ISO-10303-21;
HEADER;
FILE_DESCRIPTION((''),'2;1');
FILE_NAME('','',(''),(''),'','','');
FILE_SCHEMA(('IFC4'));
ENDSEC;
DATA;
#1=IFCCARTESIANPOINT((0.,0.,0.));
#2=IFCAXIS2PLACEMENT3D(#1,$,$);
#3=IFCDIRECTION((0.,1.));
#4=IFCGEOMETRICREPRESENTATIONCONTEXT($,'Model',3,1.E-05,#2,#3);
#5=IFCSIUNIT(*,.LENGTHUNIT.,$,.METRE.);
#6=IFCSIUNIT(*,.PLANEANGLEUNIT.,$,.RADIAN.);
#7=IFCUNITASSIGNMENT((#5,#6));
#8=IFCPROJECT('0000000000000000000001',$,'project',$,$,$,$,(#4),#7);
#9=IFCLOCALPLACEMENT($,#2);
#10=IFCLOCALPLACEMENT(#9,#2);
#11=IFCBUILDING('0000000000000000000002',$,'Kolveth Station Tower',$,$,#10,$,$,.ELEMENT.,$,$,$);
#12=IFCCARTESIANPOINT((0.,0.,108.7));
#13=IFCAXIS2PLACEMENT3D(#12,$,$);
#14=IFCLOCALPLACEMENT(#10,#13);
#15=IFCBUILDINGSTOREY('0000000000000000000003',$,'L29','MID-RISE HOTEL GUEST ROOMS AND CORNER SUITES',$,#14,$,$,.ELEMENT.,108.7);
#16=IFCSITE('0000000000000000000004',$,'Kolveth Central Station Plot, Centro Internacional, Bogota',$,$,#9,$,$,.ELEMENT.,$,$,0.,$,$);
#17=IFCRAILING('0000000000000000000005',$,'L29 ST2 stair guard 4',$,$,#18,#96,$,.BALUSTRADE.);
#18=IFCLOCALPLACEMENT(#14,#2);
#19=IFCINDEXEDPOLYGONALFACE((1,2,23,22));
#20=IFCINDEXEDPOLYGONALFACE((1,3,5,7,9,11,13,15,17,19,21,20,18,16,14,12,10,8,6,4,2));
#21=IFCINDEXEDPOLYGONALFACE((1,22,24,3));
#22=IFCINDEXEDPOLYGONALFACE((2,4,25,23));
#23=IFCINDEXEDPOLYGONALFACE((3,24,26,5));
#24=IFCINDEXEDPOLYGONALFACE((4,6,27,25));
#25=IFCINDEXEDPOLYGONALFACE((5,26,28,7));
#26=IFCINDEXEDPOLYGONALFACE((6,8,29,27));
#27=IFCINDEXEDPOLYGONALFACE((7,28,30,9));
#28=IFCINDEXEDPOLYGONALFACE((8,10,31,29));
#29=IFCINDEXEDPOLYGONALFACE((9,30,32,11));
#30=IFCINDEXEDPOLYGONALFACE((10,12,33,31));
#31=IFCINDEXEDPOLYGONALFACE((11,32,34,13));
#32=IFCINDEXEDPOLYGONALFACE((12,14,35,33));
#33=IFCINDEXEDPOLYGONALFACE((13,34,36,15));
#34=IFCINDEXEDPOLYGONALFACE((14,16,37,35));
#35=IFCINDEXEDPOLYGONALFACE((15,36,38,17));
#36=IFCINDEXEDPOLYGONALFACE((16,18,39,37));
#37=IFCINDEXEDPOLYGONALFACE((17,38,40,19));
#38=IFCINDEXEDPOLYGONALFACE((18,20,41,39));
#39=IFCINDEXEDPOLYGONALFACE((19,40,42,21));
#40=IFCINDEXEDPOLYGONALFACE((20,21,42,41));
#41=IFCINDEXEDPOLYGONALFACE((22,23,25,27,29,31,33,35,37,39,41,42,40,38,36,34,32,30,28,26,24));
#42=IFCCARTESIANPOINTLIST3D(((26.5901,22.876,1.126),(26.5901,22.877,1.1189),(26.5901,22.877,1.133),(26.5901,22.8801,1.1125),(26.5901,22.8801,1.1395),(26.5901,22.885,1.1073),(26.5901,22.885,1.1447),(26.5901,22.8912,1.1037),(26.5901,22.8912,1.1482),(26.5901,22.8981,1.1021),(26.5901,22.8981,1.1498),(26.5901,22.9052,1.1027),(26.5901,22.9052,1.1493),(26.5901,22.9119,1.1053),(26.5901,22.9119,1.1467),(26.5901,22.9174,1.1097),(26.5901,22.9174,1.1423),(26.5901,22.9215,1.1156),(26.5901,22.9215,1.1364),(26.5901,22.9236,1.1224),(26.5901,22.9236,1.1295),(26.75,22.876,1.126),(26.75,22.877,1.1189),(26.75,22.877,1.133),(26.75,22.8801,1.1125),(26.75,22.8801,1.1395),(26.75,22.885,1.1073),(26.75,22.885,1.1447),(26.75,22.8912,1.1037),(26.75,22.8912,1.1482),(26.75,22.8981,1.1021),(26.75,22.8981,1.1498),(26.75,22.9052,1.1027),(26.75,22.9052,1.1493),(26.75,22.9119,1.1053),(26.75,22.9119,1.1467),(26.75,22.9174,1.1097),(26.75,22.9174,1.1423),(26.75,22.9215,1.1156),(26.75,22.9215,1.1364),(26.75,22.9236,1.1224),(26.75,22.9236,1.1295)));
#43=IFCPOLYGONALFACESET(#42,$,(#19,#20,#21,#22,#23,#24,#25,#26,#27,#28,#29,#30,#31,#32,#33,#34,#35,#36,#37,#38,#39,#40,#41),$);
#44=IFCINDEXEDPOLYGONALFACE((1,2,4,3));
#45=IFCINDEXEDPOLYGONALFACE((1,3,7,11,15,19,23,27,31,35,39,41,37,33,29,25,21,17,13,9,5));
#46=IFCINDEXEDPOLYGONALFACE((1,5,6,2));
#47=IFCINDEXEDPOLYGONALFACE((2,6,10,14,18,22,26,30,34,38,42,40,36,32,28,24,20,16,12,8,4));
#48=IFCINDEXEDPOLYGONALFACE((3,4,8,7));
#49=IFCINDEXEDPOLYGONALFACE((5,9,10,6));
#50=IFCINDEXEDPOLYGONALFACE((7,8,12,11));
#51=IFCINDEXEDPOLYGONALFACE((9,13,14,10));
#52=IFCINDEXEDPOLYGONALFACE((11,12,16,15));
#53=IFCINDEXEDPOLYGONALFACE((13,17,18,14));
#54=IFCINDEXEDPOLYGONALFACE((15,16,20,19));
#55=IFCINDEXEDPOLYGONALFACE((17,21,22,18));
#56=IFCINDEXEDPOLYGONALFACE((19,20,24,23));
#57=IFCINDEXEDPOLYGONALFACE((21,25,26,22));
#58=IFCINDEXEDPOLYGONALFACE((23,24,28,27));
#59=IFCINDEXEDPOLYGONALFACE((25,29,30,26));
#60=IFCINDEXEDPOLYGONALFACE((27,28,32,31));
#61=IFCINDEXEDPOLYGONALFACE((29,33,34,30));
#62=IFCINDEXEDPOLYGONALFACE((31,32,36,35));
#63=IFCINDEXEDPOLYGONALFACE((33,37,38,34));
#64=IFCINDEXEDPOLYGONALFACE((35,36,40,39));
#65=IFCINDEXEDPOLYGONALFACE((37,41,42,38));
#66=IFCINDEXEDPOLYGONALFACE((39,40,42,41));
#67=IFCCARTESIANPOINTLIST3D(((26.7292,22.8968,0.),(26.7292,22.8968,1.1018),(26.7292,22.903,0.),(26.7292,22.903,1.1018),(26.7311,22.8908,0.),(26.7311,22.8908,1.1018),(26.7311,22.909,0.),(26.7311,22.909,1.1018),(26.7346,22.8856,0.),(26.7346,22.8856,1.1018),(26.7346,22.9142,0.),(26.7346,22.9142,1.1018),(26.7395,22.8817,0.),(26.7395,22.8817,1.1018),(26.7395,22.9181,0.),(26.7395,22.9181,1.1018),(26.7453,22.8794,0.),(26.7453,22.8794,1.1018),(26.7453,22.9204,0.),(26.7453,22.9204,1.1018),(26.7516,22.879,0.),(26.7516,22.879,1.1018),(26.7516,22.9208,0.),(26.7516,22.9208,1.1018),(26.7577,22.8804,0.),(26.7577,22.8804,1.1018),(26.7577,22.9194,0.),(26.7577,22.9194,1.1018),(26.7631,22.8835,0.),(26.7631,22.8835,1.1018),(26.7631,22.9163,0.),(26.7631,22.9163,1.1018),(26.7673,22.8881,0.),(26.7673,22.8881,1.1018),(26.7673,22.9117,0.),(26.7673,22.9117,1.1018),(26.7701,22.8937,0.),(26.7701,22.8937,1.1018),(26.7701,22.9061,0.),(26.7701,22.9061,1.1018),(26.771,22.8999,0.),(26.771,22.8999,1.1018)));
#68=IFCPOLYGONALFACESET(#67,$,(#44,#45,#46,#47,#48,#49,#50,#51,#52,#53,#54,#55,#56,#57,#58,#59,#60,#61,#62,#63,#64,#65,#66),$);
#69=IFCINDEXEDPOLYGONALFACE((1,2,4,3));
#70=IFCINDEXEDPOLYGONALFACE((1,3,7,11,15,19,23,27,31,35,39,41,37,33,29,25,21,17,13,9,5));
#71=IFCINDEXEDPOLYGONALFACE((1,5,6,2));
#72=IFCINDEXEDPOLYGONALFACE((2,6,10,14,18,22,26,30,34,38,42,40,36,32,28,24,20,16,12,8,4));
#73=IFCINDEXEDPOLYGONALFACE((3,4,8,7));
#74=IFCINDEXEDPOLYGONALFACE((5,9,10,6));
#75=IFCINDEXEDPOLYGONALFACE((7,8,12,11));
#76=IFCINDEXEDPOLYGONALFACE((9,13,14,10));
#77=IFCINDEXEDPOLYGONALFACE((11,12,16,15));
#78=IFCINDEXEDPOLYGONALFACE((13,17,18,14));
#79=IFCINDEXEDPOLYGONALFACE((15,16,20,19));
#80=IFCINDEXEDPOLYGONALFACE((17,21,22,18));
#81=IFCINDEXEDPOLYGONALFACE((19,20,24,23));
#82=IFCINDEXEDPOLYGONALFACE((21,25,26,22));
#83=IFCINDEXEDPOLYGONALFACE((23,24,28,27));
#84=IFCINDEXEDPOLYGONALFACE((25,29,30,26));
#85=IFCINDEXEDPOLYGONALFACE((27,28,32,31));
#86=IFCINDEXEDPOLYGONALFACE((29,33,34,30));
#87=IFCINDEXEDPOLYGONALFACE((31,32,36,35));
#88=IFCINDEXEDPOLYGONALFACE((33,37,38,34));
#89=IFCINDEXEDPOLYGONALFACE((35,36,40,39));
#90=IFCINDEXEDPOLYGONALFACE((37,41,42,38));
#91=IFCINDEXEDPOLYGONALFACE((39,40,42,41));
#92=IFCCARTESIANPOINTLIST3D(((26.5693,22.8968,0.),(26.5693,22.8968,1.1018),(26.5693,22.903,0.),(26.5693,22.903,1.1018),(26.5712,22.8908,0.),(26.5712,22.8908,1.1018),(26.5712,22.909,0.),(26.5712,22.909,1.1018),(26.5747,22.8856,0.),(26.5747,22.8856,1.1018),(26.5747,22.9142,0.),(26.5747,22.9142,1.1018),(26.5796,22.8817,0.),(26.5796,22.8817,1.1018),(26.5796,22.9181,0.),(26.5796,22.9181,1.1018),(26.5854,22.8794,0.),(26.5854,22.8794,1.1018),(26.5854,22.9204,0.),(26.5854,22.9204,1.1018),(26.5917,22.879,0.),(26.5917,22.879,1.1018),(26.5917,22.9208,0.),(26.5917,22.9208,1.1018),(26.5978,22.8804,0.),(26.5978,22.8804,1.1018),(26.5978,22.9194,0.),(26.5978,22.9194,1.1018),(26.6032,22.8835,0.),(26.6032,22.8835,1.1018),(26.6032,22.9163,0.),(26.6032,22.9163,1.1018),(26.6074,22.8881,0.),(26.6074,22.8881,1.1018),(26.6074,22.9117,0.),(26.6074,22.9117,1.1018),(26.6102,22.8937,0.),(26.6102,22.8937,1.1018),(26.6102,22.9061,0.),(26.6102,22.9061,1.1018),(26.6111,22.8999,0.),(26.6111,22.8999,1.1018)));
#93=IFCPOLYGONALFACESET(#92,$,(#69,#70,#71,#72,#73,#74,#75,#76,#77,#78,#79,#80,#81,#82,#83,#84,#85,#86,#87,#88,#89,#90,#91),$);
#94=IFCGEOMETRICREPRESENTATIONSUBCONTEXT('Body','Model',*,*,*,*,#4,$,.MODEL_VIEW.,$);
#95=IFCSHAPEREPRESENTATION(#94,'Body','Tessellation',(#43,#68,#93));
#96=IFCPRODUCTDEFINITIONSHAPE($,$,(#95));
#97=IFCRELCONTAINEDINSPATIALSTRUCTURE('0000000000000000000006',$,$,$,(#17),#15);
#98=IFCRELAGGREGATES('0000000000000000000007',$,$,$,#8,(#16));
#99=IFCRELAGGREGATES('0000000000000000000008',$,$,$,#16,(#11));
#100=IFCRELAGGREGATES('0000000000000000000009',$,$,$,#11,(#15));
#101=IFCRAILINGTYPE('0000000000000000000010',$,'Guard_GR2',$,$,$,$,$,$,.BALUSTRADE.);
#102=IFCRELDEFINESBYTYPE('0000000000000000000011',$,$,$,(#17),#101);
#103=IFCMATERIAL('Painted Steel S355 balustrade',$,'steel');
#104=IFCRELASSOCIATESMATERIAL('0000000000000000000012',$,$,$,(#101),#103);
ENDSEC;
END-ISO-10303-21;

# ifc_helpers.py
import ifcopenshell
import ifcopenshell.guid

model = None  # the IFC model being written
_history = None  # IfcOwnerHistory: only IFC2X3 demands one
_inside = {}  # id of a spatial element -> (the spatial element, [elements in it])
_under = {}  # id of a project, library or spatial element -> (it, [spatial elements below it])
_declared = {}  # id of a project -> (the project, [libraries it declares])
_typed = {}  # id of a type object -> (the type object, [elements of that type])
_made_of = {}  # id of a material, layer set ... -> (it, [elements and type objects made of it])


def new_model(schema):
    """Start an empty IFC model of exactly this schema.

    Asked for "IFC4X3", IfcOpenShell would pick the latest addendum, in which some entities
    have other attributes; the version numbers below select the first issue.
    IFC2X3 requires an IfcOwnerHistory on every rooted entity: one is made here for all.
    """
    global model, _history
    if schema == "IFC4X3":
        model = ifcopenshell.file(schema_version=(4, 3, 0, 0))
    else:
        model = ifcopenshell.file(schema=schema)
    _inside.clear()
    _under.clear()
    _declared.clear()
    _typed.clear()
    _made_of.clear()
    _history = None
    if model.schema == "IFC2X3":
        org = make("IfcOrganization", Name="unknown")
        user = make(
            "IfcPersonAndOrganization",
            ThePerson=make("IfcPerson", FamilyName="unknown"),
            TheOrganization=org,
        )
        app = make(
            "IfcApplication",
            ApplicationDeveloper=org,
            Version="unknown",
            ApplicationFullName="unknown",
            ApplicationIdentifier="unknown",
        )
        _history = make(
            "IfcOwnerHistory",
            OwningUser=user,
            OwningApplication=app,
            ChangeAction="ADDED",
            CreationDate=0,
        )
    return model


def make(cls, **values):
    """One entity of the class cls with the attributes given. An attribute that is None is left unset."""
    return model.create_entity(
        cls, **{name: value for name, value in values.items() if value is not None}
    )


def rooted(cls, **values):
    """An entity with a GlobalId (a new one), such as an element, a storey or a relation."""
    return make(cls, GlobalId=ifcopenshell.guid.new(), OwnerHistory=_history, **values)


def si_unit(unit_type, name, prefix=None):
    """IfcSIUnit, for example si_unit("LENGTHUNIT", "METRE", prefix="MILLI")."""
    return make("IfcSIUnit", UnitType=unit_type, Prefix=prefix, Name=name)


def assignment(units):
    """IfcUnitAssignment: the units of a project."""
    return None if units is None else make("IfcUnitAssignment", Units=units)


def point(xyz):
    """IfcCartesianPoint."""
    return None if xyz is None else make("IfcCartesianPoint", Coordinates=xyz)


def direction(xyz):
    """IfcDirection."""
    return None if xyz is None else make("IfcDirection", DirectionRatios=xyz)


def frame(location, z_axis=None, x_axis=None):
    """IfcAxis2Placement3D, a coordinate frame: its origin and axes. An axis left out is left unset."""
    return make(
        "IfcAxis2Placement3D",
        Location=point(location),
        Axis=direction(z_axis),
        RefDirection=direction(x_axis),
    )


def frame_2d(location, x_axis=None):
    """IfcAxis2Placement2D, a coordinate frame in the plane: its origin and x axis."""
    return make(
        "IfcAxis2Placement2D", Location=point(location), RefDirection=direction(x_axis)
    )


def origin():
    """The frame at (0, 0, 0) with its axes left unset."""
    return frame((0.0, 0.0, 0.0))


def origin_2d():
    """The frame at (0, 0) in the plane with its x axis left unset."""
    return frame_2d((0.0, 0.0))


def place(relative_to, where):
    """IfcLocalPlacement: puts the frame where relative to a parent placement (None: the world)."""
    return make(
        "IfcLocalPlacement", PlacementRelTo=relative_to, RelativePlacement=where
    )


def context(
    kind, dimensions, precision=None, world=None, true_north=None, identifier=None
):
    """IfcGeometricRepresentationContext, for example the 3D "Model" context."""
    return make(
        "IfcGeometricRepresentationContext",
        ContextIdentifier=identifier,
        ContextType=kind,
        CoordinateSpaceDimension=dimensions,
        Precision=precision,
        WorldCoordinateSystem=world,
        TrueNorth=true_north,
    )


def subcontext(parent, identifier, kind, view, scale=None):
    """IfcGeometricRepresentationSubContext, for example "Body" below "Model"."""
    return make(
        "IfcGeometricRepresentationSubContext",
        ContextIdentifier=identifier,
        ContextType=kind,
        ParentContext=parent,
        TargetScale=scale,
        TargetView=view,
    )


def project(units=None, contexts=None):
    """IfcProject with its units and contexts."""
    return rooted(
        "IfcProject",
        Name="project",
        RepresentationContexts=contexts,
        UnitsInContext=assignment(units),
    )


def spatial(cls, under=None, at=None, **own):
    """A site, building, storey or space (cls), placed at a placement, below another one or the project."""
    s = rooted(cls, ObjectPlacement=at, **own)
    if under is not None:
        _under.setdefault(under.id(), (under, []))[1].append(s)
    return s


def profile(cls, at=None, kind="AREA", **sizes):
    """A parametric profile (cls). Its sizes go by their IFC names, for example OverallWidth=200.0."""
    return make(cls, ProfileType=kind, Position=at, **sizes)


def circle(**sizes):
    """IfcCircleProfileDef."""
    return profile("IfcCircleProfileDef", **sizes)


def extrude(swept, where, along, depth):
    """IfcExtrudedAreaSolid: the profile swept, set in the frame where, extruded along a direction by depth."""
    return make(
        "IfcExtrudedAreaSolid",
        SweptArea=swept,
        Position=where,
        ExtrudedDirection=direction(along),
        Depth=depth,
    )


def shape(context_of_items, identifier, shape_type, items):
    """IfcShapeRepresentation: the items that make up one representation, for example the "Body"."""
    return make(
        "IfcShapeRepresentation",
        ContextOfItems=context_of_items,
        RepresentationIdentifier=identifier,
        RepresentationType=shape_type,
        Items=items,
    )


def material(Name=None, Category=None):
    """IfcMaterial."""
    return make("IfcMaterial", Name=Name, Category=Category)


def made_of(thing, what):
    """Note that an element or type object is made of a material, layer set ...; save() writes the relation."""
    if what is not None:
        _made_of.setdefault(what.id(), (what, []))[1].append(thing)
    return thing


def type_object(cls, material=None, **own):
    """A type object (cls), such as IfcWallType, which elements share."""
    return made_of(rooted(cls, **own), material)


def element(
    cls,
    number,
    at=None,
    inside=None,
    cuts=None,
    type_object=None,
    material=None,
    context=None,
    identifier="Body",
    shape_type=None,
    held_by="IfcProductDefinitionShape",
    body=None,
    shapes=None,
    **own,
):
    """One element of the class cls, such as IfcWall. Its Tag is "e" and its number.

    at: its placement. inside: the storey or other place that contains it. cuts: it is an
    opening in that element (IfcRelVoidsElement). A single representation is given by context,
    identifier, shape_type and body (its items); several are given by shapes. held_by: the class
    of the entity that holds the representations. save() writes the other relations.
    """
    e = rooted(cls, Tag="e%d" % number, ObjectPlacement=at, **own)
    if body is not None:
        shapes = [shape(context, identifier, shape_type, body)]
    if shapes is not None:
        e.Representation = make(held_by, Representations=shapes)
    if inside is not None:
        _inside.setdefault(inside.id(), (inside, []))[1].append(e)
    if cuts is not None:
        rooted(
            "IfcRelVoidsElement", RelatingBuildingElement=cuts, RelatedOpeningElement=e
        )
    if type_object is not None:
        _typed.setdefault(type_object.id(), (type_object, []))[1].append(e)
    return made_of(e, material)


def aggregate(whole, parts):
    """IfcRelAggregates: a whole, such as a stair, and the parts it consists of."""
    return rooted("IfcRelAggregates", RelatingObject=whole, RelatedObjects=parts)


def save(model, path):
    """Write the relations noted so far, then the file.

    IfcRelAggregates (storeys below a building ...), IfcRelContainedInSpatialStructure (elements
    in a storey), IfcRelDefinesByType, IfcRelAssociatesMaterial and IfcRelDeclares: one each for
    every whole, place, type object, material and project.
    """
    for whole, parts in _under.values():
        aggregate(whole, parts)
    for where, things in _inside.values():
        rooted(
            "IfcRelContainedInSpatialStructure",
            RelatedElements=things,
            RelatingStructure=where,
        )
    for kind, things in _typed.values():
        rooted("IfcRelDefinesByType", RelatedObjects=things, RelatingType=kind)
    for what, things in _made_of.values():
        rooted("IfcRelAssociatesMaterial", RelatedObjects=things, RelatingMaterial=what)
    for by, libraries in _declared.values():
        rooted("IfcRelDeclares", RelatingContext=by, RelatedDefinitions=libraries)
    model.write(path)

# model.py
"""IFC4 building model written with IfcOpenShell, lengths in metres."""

from ifc_helpers import new_model, si_unit, direction, frame, origin, origin_2d, place, context, subcontext, project, spatial, circle, extrude, material, type_object, element, save


model = new_model("IFC4")

# Units and contexts
model_context = context("Model", 3, precision=1e-05, world=origin(), true_north=direction((0.0, 1.0)))
body_context = subcontext(model_context, "Body", "Model", "MODEL_VIEW")
ifc_project = project(units=[si_unit("LENGTHUNIT", "METRE"), si_unit("PLANEANGLEUNIT", "RADIAN")], contexts=[model_context])

# Site, building, storey
site_placement = place(None, origin())
site = spatial("IfcSite", under=ifc_project, at=site_placement, Name="Kolveth Central Station Plot, Centro Internacional, Bogota", CompositionType="ELEMENT", RefElevation=0.0)
building_placement = place(site_placement, origin())
building = spatial("IfcBuilding", under=site, at=building_placement, Name="Kolveth Station Tower", CompositionType="ELEMENT")
storey_placement = place(building_placement, frame((0.0, 0.0, 108.7)))
storey = spatial("IfcBuildingStorey", under=building, at=storey_placement, Name="L29", Description="MID-RISE HOTEL GUEST ROOMS AND CORNER SUITES", CompositionType="ELEMENT", Elevation=108.7)

# Railing
ifc_material_1 = material(Name="Painted Steel S355 balustrade", Category="steel")
railing_type_1 = type_object("IfcRailingType", Name="Guard_GR2", PredefinedType="BALUSTRADE", material=ifc_material_1)
railing_1_placement = place(storey_placement, frame((26.75, 22.8999, 0.0)))
element("IfcRailing", 1, at=railing_1_placement, inside=storey, type_object=railing_type_1, Name="L29 ST2 stair guard 4", PredefinedType="BALUSTRADE", context=body_context, shape_type="SweptSolid", body=[
    extrude(circle(Radius=0.0239, at=origin_2d()), frame((0.0, 0.0, 1.126), z_axis=(-1.0, 0.0, 0.0), x_axis=(0.0, -1.0, 0.0)), (0.0, 0.0, 1.0), 0.1599),
    extrude(circle(Radius=0.021, at=origin_2d()), origin(), (0.0, 0.0, 1.0), 1.1018),
    extrude(circle(Radius=0.021, at=origin_2d()), frame((-0.1599, 0.0, 0.0)), (0.0, 0.0, 1.0), 1.1018),
])

save(model, "model.ifc")
